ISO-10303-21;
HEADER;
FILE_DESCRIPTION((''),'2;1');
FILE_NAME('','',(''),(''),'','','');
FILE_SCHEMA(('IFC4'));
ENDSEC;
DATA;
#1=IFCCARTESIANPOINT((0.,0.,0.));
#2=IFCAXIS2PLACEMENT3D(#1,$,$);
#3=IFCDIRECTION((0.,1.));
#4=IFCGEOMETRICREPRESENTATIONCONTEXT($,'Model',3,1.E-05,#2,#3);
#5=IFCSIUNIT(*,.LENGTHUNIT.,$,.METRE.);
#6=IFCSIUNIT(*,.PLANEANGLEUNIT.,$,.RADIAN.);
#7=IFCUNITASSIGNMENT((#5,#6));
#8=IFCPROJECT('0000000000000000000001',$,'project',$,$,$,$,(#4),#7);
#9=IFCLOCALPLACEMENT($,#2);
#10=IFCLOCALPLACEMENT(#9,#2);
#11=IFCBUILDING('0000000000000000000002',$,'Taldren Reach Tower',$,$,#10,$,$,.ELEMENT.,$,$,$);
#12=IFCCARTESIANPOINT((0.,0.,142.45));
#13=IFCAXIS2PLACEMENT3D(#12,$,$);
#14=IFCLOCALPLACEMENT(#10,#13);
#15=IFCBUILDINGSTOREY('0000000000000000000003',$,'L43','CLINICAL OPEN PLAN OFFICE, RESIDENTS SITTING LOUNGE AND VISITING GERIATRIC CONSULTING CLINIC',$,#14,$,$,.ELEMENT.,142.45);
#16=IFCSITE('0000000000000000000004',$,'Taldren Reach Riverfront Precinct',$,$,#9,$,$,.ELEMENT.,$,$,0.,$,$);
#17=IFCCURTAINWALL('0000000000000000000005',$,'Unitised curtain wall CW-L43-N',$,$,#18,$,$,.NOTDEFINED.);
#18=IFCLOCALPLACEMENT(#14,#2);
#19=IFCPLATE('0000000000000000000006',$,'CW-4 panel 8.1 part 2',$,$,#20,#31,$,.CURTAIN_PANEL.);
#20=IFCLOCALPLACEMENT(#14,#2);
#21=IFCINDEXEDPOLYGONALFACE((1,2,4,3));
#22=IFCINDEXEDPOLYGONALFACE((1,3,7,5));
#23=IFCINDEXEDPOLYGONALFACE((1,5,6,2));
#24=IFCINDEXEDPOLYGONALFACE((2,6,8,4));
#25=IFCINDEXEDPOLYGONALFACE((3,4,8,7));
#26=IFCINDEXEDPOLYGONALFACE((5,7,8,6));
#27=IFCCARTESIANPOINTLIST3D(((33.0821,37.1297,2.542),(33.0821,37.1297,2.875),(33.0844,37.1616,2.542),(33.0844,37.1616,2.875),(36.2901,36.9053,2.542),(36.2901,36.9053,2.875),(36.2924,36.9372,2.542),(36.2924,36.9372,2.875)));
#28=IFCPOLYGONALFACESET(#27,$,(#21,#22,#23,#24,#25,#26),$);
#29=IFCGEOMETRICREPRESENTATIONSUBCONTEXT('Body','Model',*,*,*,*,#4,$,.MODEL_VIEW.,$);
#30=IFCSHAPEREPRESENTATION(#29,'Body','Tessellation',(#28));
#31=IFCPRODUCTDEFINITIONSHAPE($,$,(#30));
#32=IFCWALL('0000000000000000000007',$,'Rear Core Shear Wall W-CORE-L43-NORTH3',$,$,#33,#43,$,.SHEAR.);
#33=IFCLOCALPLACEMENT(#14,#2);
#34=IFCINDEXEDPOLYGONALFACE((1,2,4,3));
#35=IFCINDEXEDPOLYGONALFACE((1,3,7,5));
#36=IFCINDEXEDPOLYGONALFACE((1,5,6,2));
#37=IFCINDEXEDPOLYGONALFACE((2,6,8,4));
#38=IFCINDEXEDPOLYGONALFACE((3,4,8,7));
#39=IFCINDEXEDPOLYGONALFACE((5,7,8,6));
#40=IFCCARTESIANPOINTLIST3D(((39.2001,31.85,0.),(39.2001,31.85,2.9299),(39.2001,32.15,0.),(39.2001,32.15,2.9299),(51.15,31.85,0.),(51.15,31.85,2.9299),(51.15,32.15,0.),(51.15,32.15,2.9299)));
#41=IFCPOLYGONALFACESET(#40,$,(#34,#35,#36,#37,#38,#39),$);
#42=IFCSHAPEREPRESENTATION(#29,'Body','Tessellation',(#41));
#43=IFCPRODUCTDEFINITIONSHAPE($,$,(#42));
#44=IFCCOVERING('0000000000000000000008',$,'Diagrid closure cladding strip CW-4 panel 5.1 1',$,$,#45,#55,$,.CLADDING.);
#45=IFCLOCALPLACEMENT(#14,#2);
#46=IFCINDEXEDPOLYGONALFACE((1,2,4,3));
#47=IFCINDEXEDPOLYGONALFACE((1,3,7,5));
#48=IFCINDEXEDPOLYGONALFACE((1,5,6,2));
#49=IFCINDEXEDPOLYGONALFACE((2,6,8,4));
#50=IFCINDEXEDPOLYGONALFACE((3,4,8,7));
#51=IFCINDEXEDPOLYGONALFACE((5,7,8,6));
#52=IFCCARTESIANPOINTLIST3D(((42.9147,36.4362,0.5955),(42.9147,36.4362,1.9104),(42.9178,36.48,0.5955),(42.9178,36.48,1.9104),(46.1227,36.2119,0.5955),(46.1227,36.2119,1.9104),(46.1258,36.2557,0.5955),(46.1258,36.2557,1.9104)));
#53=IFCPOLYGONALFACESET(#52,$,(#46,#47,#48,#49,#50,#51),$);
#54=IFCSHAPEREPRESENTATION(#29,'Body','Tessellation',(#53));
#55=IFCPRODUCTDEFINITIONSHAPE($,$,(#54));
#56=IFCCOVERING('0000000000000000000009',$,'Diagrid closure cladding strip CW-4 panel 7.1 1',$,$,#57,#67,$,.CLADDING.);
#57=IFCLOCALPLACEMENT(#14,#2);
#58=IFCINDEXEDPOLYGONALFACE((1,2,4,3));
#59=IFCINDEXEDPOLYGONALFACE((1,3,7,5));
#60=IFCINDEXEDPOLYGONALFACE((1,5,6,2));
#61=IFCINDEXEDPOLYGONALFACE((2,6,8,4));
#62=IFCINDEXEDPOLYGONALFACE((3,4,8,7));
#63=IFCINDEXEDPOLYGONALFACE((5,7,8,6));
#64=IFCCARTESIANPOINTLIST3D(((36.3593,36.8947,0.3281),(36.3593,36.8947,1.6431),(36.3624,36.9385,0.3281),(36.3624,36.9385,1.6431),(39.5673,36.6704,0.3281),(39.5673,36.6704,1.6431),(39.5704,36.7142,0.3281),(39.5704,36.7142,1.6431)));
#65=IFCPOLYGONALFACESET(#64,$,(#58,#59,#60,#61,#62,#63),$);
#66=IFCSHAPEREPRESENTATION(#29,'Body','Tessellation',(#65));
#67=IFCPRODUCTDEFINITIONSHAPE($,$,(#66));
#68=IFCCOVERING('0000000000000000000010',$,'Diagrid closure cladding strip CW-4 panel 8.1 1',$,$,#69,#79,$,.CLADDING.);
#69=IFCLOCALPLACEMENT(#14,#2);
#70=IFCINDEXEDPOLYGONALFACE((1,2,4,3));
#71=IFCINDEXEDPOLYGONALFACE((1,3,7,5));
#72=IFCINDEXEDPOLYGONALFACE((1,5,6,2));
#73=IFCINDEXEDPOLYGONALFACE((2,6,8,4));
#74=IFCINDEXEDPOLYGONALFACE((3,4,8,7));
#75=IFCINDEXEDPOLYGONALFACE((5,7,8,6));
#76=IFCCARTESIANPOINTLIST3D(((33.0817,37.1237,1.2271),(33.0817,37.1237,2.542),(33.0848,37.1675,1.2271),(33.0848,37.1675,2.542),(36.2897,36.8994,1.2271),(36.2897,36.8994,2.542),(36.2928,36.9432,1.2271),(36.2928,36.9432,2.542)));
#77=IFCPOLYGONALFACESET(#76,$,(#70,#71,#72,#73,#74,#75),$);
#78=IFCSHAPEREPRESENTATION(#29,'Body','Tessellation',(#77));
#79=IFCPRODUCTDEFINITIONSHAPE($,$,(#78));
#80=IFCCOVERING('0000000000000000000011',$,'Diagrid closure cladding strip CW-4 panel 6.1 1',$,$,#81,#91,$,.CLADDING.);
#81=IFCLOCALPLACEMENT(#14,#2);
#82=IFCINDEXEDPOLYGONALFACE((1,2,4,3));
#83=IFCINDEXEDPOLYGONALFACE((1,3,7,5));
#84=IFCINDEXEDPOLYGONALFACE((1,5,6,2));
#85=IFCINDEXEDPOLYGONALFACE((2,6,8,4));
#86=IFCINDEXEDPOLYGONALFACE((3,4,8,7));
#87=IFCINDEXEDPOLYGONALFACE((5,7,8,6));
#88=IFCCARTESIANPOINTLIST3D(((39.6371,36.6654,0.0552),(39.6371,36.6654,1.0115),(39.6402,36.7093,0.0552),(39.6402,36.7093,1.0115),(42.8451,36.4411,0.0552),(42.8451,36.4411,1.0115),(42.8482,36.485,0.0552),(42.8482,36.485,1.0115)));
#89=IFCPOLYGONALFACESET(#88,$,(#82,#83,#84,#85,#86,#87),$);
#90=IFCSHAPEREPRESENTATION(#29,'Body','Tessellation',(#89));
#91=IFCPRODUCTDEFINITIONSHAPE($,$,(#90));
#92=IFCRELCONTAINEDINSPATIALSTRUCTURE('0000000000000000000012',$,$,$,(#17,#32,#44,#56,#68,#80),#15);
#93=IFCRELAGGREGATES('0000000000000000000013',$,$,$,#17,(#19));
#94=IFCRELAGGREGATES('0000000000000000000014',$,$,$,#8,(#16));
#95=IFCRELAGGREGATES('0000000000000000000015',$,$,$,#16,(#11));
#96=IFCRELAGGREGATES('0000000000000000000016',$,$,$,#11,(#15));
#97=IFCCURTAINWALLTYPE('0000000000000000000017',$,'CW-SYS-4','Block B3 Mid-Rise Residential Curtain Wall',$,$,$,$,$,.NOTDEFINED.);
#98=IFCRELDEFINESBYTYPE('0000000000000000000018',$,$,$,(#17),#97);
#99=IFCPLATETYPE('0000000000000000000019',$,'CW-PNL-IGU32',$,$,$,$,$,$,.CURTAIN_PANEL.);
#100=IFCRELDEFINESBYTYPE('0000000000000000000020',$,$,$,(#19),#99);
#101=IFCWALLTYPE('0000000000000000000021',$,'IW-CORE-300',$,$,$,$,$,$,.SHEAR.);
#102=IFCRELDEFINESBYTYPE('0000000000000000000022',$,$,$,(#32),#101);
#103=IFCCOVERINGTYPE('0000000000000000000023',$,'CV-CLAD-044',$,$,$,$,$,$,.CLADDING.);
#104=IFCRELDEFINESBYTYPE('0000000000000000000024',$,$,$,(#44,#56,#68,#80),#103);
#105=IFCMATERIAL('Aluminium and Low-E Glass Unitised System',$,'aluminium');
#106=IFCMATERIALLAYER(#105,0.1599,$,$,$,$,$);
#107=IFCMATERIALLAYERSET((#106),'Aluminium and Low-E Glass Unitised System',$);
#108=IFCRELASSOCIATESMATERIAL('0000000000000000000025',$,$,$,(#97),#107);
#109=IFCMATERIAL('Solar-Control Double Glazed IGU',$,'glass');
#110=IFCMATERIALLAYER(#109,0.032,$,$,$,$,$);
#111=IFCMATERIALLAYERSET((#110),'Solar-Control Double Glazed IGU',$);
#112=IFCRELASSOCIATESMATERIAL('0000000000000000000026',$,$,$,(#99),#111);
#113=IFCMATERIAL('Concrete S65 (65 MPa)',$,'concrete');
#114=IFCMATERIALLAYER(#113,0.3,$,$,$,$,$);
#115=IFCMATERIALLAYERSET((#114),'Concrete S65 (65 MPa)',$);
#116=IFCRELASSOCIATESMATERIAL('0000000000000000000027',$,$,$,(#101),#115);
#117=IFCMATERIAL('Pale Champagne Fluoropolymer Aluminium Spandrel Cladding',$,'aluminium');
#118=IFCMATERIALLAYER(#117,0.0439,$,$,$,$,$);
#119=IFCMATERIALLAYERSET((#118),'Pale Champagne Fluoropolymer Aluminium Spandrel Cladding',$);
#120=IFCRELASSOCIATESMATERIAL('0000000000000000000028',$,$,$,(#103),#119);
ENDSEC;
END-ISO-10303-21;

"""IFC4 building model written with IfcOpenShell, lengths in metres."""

from ifc_helpers import new_model, si_unit, direction, frame, frame_2d, origin, origin_2d, place, context, subcontext, project, spatial, rectangle, extrude, source, transform, mapped, material, layer, layer_set, type_object, element, aggregate, save


model = new_model("IFC4")

# Units and contexts
model_context = context("Model", 3, precision=1e-05, world=origin(), true_north=direction((0.0, 1.0)))
body_context = subcontext(model_context, "Body", "Model", "MODEL_VIEW")
ifc_project = project(units=[si_unit("LENGTHUNIT", "METRE"), si_unit("PLANEANGLEUNIT", "RADIAN")], contexts=[model_context])

# Site, building, storey
site_placement = place(None, origin())
site = spatial("IfcSite", under=ifc_project, at=site_placement, Name="Taldren Reach Riverfront Precinct", CompositionType="ELEMENT", RefElevation=0.0)
building_placement = place(site_placement, origin())
building = spatial("IfcBuilding", under=site, at=building_placement, Name="Taldren Reach Tower", CompositionType="ELEMENT")
storey_placement = place(building_placement, frame((0.0, 0.0, 142.45)))
storey = spatial("IfcBuildingStorey", under=building, at=storey_placement, Name="L43", Description="CLINICAL OPEN PLAN OFFICE, RESIDENTS SITTING LOUNGE AND VISITING GERIATRIC CONSULTING CLINIC", CompositionType="ELEMENT", Elevation=142.45)

# Curtain wall
ifc_material_1 = material(Name="Aluminium and Low-E Glass Unitised System", Category="aluminium")
ifc_layer_1 = layer(ifc_material_1, 0.1599)
ifc_layer_set_1 = layer_set([ifc_layer_1], Name="Aluminium and Low-E Glass Unitised System")
curtain_wall_type = type_object("IfcCurtainWallType", Name="CW-SYS-4", Description="Block B3 Mid-Rise Residential Curtain Wall", PredefinedType="NOTDEFINED", material=ifc_layer_set_1)
curtain_wall_placement = place(storey_placement, origin())
curtain_wall = element("IfcCurtainWall", 1, at=curtain_wall_placement, inside=storey, type_object=curtain_wall_type, Name="Unitised curtain wall CW-L43-N", PredefinedType="NOTDEFINED")

# Plate
ifc_material_2 = material(Name="Solar-Control Double Glazed IGU", Category="glass")
ifc_layer_2 = layer(ifc_material_2, 0.032)
ifc_layer_set_2 = layer_set([ifc_layer_2], Name="Solar-Control Double Glazed IGU")
plate_type_1 = type_object("IfcPlateType", Name="CW-PNL-IGU32", PredefinedType="CURTAIN_PANEL", material=ifc_layer_set_2)
shared_shape_1 = source(origin(), body_context, "Body", "SweptSolid", [
    extrude(rectangle(XDim=3.2158, YDim=0.032, at=origin_2d()), origin(), (0.0, 0.0, 1.0), 0.333),
])
plate_1_placement = place(storey_placement, frame((34.6873, 37.0334, 2.542), z_axis=(0.0, 0.0, 1.0), x_axis=(-0.997564, 0.069757, 0.0)))
plate_1 = element("IfcPlate", 2, at=plate_1_placement, type_object=plate_type_1, Name="CW-4 panel 8.1 part 2", PredefinedType="CURTAIN_PANEL", context=body_context, shape_type="MappedRepresentation", body=[
    mapped(shared_shape_1, transform((0.0, 0.0, 0.0), scale=1.0)),
])
aggregate(curtain_wall, [plate_1])

# Wall
ifc_material_3 = material(Name="Concrete S65 (65 MPa)", Category="concrete")
ifc_layer_3 = layer(ifc_material_3, 0.3)
ifc_layer_set_3 = layer_set([ifc_layer_3], Name="Concrete S65 (65 MPa)")
wall_type = type_object("IfcWallType", Name="IW-CORE-300", PredefinedType="SHEAR", material=ifc_layer_set_3)
shared_shape_2 = source(origin(), body_context, "Body", "SweptSolid", [
    extrude(rectangle(XDim=11.95, YDim=0.3, at=frame_2d((5.9751, 0.0))), origin(), (0.0, 0.0, 1.0), 2.9299),
])
wall_placement = place(storey_placement, frame((39.2, 32.0, 0.0), z_axis=(0.0, 0.0, 1.0), x_axis=(1.0, 0.0, 0.0)))
element("IfcWall", 3, at=wall_placement, inside=storey, type_object=wall_type, Name="Rear Core Shear Wall W-CORE-L43-NORTH3", PredefinedType="SHEAR", context=body_context, shape_type="MappedRepresentation", body=[
    mapped(shared_shape_2, transform((0.0, 0.0, 0.0), scale=1.0)),
])

# Coverings
ifc_material_4 = material(Name="Pale Champagne Fluoropolymer Aluminium Spandrel Cladding", Category="aluminium")
ifc_layer_4 = layer(ifc_material_4, 0.0439)
ifc_layer_set_4 = layer_set([ifc_layer_4], Name="Pale Champagne Fluoropolymer Aluminium Spandrel Cladding")
covering_type = type_object("IfcCoveringType", Name="CV-CLAD-044", PredefinedType="CLADDING", material=ifc_layer_set_4)
shared_shape_3 = source(origin(), body_context, "Body", "SweptSolid", [
    extrude(rectangle(XDim=3.2158, YDim=0.0439, at=origin_2d()), origin(), (0.0, 0.0, 1.0), 1.3149),
])
for number, where, z_axis, x_axis, name in (
    (4, (44.5203, 36.3459, 0.5955), (0.0, 0.0, 1.0), (-0.997564, 0.069757, 0.0), "Diagrid closure cladding strip CW-4 panel 5.1 1"),
    (5, (37.9648, 36.8044, 0.3281), (0.0, 0.0, 1.0), (-0.997564, 0.069757, 0.0), "Diagrid closure cladding strip CW-4 panel 7.1 1"),
    (6, (34.6873, 37.0334, 1.2271), (0.0, 0.0, 1.0), (-0.997564, 0.069757, 0.0), "Diagrid closure cladding strip CW-4 panel 8.1 1"),
):
    element("IfcCovering", number, at=place(storey_placement, frame(where, z_axis=z_axis, x_axis=x_axis)), inside=storey, type_object=covering_type, Name=name, PredefinedType="CLADDING", context=body_context, shape_type="MappedRepresentation", body=[
        mapped(shared_shape_3, transform((0.0, 0.0, 0.0), scale=1.0)),
    ])
shared_shape_4 = source(origin(), body_context, "Body", "SweptSolid", [
    extrude(rectangle(XDim=3.2158, YDim=0.0439, at=origin_2d()), origin(), (0.0, 0.0, 1.0), 0.9563),
])
covering_placement = place(storey_placement, frame((41.2427, 36.5752, 0.0552), z_axis=(0.0, 0.0, 1.0), x_axis=(-0.997564, 0.069757, 0.0)))
element("IfcCovering", 7, at=covering_placement, inside=storey, type_object=covering_type, Name="Diagrid closure cladding strip CW-4 panel 6.1 1", PredefinedType="CLADDING", context=body_context, shape_type="MappedRepresentation", body=[
    mapped(shared_shape_4, transform((0.0, 0.0, 0.0), scale=1.0)),
])

save(model, "model.ifc")
